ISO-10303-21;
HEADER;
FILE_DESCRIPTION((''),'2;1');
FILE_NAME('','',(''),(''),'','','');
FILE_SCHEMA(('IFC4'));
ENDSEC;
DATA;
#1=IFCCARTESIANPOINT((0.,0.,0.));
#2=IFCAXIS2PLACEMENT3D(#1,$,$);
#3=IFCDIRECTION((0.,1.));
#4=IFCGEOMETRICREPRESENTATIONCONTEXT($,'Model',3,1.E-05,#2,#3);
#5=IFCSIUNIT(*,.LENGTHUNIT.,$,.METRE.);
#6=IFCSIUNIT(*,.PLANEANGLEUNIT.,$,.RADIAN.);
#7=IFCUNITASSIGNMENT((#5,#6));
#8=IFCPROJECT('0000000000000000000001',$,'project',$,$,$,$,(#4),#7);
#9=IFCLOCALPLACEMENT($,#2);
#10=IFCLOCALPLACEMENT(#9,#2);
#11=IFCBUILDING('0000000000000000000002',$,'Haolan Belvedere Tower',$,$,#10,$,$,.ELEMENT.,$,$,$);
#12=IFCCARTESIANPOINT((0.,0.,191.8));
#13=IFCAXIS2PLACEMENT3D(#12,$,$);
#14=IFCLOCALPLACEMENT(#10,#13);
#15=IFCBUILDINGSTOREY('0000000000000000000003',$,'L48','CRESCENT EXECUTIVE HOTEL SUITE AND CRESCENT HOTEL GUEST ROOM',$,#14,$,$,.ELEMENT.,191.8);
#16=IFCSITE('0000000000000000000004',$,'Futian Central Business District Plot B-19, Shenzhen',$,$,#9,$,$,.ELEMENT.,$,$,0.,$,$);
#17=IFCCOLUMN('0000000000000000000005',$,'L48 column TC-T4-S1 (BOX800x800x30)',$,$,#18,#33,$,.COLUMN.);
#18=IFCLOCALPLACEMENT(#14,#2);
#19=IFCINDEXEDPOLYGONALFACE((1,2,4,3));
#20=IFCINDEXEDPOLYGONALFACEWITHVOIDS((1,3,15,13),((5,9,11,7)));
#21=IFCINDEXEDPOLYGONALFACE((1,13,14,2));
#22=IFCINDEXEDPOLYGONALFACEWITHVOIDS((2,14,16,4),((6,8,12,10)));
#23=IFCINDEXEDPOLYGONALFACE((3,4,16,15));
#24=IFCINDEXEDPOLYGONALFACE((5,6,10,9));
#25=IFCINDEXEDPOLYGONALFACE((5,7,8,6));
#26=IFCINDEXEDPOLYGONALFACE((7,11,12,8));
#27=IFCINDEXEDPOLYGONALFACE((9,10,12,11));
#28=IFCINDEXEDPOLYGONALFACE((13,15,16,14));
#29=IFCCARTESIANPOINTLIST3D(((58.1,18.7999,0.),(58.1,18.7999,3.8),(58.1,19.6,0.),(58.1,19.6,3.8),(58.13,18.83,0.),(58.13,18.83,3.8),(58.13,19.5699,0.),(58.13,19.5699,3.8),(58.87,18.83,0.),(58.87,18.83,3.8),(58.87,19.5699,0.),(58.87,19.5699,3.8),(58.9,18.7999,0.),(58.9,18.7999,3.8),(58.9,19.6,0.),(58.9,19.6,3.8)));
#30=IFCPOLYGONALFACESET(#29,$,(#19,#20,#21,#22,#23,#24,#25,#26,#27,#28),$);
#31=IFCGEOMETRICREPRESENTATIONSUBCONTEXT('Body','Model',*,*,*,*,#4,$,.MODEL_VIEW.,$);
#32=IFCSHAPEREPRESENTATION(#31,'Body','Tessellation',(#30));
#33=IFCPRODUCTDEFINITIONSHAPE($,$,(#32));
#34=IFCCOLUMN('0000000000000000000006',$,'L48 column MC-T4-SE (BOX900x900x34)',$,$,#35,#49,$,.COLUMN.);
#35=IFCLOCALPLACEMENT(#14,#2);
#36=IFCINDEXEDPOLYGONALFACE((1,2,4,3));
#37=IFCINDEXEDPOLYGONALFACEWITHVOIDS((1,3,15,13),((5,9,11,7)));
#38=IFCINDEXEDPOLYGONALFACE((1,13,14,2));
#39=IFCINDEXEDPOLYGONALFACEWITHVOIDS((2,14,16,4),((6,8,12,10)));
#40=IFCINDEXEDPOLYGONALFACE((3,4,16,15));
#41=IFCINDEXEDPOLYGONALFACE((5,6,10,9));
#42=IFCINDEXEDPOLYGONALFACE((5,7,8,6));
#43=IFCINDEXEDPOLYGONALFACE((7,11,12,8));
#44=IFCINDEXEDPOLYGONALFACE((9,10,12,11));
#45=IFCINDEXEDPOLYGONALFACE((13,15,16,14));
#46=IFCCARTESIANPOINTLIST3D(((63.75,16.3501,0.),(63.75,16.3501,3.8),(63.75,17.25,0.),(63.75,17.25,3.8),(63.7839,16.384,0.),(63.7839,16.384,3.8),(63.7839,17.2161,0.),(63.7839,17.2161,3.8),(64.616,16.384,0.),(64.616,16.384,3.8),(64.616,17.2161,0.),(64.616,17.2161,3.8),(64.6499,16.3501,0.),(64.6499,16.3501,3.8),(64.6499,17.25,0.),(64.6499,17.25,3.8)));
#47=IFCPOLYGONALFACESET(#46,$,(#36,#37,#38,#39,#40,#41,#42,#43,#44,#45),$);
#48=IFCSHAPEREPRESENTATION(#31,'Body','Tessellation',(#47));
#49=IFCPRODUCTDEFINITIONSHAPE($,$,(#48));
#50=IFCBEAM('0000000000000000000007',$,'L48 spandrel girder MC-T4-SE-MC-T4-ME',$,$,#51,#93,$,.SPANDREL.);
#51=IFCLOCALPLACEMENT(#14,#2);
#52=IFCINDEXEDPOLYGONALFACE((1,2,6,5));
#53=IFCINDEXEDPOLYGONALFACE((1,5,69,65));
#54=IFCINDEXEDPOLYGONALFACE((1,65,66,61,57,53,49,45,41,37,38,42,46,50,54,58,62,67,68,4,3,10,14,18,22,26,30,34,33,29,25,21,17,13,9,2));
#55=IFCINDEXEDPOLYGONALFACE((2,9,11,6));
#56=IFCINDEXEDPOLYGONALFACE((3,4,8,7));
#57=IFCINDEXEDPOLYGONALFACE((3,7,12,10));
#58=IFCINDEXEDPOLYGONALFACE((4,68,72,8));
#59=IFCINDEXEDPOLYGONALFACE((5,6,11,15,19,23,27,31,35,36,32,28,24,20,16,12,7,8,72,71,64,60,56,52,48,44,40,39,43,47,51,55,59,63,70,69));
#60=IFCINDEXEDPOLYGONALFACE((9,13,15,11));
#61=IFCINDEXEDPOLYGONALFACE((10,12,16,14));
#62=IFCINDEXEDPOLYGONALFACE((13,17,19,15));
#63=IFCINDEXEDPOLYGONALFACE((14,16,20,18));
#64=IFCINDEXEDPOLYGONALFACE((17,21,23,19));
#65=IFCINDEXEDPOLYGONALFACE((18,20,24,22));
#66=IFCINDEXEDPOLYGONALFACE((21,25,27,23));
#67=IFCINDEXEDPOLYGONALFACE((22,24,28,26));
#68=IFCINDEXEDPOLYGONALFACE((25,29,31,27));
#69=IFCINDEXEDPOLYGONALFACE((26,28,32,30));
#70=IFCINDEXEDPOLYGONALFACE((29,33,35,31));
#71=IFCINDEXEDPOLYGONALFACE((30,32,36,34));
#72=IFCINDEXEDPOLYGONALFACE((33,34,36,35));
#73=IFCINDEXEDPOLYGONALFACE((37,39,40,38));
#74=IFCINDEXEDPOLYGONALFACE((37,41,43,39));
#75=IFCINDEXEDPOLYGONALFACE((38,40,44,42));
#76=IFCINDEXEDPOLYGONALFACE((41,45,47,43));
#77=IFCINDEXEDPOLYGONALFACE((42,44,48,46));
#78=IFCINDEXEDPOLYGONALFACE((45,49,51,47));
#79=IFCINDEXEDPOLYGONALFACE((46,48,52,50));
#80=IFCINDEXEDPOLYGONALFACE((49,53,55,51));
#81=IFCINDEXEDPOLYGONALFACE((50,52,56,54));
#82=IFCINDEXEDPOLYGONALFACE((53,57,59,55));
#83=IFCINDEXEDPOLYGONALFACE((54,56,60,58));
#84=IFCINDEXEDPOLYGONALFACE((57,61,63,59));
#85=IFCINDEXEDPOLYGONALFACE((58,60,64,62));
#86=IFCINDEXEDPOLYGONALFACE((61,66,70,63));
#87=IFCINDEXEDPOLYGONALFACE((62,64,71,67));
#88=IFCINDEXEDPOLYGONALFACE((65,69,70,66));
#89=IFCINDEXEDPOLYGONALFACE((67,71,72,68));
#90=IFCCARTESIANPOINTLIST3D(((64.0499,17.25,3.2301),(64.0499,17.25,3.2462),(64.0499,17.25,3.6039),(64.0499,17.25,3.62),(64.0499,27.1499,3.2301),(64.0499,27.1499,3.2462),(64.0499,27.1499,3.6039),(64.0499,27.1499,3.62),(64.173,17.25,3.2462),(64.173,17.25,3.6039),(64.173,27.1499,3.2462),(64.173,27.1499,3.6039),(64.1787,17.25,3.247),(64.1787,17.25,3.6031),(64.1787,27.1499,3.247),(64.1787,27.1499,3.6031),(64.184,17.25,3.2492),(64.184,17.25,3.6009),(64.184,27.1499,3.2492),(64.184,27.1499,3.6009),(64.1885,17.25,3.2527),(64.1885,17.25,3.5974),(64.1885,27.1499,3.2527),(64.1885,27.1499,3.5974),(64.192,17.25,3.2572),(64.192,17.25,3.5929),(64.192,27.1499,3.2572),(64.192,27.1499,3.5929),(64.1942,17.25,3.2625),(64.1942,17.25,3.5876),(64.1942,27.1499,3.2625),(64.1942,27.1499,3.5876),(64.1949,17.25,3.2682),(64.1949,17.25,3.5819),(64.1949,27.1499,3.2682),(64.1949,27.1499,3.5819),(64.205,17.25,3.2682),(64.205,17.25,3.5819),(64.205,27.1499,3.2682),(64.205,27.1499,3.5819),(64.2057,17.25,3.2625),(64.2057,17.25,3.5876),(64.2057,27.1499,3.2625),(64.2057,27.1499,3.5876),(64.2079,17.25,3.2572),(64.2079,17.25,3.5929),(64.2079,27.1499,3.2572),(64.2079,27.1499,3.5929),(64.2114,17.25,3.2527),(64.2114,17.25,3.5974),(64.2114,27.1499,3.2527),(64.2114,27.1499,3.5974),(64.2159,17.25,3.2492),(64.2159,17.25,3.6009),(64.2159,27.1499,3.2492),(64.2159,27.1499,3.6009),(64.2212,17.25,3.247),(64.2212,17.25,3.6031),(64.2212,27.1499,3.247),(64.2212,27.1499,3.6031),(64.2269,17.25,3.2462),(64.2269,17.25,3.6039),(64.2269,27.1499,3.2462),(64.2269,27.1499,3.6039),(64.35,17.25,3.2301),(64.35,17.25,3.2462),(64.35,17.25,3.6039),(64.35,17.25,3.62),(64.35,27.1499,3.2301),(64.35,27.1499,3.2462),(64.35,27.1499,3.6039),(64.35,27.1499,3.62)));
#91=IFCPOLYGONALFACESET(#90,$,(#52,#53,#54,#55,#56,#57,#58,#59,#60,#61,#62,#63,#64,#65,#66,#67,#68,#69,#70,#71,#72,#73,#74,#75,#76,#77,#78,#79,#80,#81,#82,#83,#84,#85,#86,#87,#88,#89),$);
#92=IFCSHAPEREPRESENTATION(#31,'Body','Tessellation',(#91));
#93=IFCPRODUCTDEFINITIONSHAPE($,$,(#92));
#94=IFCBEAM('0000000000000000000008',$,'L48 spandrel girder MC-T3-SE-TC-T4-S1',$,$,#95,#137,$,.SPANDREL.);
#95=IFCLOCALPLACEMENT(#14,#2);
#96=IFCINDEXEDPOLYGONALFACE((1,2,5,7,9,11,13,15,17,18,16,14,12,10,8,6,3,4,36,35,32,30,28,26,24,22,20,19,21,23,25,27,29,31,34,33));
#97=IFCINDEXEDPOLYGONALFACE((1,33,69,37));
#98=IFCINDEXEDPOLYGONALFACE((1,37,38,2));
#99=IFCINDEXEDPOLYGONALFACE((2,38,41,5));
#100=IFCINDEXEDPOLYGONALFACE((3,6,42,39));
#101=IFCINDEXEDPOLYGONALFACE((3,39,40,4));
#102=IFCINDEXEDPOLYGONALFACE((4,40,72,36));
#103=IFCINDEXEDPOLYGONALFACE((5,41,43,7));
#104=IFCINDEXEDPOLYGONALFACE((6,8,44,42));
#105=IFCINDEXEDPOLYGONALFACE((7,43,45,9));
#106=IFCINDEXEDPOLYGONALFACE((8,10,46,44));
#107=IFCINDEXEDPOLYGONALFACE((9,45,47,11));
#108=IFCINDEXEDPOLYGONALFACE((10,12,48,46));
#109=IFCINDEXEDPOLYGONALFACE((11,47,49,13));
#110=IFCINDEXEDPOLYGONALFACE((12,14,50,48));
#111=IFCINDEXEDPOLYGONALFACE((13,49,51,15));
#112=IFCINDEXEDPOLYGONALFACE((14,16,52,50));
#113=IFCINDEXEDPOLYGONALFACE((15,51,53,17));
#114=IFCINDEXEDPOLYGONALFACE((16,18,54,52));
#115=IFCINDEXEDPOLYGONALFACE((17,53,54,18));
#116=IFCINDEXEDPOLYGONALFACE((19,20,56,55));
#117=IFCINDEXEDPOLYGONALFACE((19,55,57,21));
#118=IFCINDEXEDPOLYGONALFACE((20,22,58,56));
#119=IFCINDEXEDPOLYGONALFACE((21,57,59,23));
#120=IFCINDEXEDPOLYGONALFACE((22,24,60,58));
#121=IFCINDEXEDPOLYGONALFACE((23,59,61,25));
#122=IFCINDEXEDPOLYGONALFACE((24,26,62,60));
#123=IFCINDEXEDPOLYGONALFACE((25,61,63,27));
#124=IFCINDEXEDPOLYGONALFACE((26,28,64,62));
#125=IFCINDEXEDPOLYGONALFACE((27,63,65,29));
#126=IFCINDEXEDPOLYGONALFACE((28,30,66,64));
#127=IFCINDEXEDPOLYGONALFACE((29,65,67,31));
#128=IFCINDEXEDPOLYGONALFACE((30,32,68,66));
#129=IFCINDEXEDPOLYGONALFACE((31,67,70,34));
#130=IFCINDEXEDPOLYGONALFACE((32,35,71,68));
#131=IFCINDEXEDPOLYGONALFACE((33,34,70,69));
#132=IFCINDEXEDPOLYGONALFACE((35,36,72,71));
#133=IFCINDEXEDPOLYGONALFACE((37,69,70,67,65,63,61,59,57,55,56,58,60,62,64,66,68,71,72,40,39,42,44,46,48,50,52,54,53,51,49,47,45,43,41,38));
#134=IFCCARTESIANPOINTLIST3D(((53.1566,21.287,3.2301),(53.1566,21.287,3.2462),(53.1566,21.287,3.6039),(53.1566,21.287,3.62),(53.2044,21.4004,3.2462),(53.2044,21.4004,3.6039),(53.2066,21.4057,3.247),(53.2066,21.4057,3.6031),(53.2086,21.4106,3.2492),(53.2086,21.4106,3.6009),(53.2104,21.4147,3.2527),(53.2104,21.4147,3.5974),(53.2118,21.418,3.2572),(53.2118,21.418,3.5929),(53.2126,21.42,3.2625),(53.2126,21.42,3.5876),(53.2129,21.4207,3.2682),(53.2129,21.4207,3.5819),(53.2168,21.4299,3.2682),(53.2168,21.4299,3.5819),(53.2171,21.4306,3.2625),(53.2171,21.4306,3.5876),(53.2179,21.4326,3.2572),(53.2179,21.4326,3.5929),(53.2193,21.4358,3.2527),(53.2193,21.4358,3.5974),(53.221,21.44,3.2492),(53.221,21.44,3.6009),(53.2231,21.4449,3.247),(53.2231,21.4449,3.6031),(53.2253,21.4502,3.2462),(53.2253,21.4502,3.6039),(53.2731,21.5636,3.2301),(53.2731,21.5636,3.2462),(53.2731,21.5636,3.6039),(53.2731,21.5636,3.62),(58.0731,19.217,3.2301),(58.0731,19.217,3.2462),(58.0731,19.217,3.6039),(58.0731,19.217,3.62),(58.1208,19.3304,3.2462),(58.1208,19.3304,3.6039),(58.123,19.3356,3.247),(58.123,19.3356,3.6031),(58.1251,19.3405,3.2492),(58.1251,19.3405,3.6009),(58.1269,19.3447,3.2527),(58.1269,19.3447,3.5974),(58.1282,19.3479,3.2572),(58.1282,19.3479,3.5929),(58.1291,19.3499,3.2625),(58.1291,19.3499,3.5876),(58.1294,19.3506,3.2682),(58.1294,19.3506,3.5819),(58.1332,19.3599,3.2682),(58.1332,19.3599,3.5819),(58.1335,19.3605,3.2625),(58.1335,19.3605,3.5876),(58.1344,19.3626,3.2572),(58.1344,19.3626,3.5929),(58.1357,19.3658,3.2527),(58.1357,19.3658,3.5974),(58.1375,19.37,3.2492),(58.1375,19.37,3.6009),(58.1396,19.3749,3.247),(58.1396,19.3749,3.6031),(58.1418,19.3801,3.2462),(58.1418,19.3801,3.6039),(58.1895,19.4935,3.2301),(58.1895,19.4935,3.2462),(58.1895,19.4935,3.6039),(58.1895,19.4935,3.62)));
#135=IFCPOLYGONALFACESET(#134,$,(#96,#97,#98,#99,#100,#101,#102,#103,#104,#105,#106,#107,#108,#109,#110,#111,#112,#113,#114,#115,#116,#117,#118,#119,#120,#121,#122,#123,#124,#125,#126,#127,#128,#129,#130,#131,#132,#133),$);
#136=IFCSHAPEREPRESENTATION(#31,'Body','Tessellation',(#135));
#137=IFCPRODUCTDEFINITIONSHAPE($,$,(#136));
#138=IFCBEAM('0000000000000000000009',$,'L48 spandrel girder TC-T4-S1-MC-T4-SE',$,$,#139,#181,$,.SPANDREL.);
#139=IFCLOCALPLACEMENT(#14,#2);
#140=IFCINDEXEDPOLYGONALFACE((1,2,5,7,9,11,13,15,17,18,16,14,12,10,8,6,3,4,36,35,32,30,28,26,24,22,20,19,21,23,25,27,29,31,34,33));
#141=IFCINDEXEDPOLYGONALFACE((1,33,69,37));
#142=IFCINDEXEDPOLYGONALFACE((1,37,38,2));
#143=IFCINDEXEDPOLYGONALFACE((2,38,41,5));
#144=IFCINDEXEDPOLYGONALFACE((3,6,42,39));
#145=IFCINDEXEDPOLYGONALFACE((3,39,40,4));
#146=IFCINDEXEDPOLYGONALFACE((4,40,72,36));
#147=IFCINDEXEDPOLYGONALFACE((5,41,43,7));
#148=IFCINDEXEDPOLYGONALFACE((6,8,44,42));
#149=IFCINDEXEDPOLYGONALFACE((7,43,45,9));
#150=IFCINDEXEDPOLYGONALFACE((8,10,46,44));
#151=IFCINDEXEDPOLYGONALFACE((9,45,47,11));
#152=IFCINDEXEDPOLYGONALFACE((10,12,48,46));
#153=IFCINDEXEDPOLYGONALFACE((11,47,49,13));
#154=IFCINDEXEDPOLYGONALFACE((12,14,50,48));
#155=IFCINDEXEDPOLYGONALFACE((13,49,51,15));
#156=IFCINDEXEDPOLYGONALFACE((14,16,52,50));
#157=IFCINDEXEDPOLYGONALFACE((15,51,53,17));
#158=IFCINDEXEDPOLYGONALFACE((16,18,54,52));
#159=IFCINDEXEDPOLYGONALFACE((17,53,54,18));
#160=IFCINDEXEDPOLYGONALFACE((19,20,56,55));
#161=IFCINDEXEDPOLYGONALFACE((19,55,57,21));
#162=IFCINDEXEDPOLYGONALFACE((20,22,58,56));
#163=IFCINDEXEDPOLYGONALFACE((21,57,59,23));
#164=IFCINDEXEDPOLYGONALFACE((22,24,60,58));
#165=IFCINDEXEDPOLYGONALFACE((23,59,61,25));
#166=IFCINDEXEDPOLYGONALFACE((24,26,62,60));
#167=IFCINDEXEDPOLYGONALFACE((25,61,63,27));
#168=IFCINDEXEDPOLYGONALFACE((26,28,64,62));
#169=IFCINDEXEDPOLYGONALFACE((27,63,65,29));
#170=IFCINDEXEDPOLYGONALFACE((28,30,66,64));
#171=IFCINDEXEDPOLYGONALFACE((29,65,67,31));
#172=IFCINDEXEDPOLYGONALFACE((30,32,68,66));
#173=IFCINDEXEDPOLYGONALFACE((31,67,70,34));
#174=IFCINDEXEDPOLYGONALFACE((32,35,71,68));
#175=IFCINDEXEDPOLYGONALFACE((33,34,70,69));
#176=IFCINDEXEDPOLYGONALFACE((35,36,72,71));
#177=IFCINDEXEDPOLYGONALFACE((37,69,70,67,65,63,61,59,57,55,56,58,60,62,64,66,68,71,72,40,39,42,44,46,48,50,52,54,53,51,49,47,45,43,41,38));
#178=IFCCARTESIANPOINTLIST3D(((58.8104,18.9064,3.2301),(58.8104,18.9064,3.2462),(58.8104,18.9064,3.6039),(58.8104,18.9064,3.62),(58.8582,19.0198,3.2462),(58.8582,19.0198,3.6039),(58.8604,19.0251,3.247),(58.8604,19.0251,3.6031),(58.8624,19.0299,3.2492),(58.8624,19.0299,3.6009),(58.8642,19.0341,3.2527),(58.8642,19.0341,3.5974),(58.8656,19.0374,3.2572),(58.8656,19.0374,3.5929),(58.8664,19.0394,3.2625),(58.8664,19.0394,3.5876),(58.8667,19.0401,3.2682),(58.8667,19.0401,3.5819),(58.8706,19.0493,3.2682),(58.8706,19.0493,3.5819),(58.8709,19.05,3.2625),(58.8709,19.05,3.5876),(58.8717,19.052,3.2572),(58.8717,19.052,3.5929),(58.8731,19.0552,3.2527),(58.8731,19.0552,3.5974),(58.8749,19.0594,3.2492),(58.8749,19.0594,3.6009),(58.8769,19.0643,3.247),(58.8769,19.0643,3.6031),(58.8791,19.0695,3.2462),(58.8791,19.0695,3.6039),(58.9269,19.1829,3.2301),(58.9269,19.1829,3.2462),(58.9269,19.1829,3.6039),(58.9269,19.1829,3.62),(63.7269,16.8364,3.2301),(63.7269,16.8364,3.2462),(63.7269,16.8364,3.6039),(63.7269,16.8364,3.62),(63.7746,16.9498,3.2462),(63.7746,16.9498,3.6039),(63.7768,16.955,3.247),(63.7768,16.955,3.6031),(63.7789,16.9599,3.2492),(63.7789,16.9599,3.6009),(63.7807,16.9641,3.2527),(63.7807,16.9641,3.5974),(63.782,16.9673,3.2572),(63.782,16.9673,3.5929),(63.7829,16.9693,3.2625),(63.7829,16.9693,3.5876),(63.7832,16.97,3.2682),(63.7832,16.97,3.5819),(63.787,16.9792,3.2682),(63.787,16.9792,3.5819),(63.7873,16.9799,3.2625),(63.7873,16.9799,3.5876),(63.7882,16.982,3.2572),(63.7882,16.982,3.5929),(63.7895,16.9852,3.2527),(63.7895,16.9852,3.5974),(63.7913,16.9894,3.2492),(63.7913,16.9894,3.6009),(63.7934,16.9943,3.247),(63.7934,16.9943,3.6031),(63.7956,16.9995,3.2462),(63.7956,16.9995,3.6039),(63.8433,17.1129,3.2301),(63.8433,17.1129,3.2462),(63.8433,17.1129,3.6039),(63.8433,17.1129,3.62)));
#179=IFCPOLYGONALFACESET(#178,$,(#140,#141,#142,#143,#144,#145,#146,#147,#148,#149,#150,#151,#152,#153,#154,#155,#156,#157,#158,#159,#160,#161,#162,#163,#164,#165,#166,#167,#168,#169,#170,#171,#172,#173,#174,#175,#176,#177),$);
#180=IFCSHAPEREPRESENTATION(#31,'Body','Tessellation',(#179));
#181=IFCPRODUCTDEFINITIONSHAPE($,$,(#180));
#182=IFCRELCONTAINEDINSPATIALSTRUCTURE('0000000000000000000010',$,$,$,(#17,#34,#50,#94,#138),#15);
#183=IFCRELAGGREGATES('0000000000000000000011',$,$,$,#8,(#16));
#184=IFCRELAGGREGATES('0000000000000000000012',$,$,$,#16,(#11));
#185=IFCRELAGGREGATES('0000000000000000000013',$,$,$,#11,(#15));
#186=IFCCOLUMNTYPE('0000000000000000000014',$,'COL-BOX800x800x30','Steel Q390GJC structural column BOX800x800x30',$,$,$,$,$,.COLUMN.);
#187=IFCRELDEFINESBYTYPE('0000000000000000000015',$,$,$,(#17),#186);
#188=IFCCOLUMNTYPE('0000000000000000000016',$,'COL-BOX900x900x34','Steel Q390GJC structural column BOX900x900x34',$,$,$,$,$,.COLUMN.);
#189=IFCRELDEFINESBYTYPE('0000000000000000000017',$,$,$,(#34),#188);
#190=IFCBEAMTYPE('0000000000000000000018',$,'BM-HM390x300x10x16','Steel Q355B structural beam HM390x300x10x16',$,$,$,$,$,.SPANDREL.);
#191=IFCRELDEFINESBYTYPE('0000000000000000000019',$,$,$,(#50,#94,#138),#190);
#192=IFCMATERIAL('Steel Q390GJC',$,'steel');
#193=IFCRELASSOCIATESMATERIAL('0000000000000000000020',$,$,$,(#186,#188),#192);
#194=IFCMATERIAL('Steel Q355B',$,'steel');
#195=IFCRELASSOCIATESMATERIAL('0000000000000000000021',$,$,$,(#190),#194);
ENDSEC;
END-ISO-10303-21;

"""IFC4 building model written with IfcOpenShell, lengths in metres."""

from ifc_helpers import new_model, si_unit, direction, frame, origin, origin_2d, place, context, subcontext, project, spatial, hollow_rectangle, i_section, extrude, material, material_profile, profile_set, type_object, element, save


model = new_model("IFC4")

# Units and contexts
model_context = context("Model", 3, precision=1e-05, world=origin(), true_north=direction((0.0, 1.0)))
body_context = subcontext(model_context, "Body", "Model", "MODEL_VIEW")
ifc_project = project(units=[si_unit("LENGTHUNIT", "METRE"), si_unit("PLANEANGLEUNIT", "RADIAN")], contexts=[model_context])

# Site, building, storey
site_placement = place(None, origin())
site = spatial("IfcSite", under=ifc_project, at=site_placement, Name="Futian Central Business District Plot B-19, Shenzhen", CompositionType="ELEMENT", RefElevation=0.0)
building_placement = place(site_placement, origin())
building = spatial("IfcBuilding", under=site, at=building_placement, Name="Haolan Belvedere Tower", CompositionType="ELEMENT")
storey_placement = place(building_placement, frame((0.0, 0.0, 191.8)))
storey = spatial("IfcBuildingStorey", under=building, at=storey_placement, Name="L48", Description="CRESCENT EXECUTIVE HOTEL SUITE AND CRESCENT HOTEL GUEST ROOM", CompositionType="ELEMENT", Elevation=191.8)

# Columns
ifc_material_1 = material(Name="Steel Q390GJC", Category="steel")
ifc_material_profile_1 = material_profile(ifc_material_1, hollow_rectangle(XDim=0.8, YDim=0.8, WallThickness=0.03, at=origin_2d()), Name="Steel Q390GJC")
ifc_profile_set_1 = profile_set([ifc_material_profile_1], Name="Steel Q390GJC")
column_type_1 = type_object("IfcColumnType", Name="COL-BOX800x800x30", Description="Steel Q390GJC structural column BOX800x800x30", PredefinedType="COLUMN", material=ifc_profile_set_1)
column_1_placement = place(storey_placement, frame((58.5, 19.2, 0.0), z_axis=(0.0, 0.0, 1.0), x_axis=(1.0, 0.0, 0.0)))
element("IfcColumn", 1, at=column_1_placement, inside=storey, type_object=column_type_1, Name="L48 column TC-T4-S1 (BOX800x800x30)", PredefinedType="COLUMN", context=body_context, shape_type="SweptSolid", body=[
    extrude(hollow_rectangle(XDim=0.8, YDim=0.8, WallThickness=0.03, at=origin_2d()), origin(), (0.0, 0.0, 1.0), 3.8),
])
ifc_material_profile_2 = material_profile(ifc_material_1, hollow_rectangle(XDim=0.8999, YDim=0.8999, WallThickness=0.0339, at=origin_2d()), Name="Steel Q390GJC")
ifc_profile_set_2 = profile_set([ifc_material_profile_2], Name="Steel Q390GJC")
column_type_2 = type_object("IfcColumnType", Name="COL-BOX900x900x34", Description="Steel Q390GJC structural column BOX900x900x34", PredefinedType="COLUMN", material=ifc_profile_set_2)
column_2_placement = place(storey_placement, frame((64.2, 16.8, 0.0), z_axis=(0.0, 0.0, 1.0), x_axis=(1.0, 0.0, 0.0)))
element("IfcColumn", 2, at=column_2_placement, inside=storey, type_object=column_type_2, Name="L48 column MC-T4-SE (BOX900x900x34)", PredefinedType="COLUMN", context=body_context, shape_type="SweptSolid", body=[
    extrude(hollow_rectangle(XDim=0.8999, YDim=0.8999, WallThickness=0.0339, at=origin_2d()), origin(), (0.0, 0.0, 1.0), 3.8),
])

# Beams
ifc_material_2 = material(Name="Steel Q355B", Category="steel")
ifc_material_profile_3 = material_profile(ifc_material_2, i_section(OverallWidth=0.3, OverallDepth=0.3899, WebThickness=0.01, FlangeThickness=0.0161, FilletRadius=0.022, at=origin_2d()), Name="Steel Q355B")
ifc_profile_set_3 = profile_set([ifc_material_profile_3], Name="Steel Q355B")
beam_type = type_object("IfcBeamType", Name="BM-HM390x300x10x16", Description="Steel Q355B structural beam HM390x300x10x16", PredefinedType="SPANDREL", material=ifc_profile_set_3)
beam_placement = place(storey_placement, frame((64.2, 17.25, 3.425), z_axis=(0.0, 1.0, 0.0), x_axis=(-1.0, 0.0, 0.0)))
element("IfcBeam", 3, at=beam_placement, inside=storey, type_object=beam_type, Name="L48 spandrel girder MC-T4-SE-MC-T4-ME", PredefinedType="SPANDREL", context=body_context, shape_type="SweptSolid", body=[
    extrude(i_section(OverallWidth=0.3, OverallDepth=0.3899, WebThickness=0.01, FlangeThickness=0.0161, FilletRadius=0.022, at=origin_2d()), origin(), (0.0, 0.0, 1.0), 9.8999),
])
for number, where, z_axis, x_axis, name in (
    (4, (53.2148, 21.4253, 3.425), (0.921638, -0.388051, 0.0), (0.388051, 0.921638, 0.0), "L48 spandrel girder MC-T3-SE-TC-T4-S1"),
    (5, (58.8687, 19.0447, 3.425), (0.921638, -0.388051, 0.0), (0.388051, 0.921638, 0.0), "L48 spandrel girder TC-T4-S1-MC-T4-SE"),
):
    element("IfcBeam", number, at=place(storey_placement, frame(where, z_axis=z_axis, x_axis=x_axis)), inside=storey, type_object=beam_type, Name=name, PredefinedType="SPANDREL", context=body_context, shape_type="SweptSolid", body=[
        extrude(i_section(OverallWidth=0.3, OverallDepth=0.3899, WebThickness=0.01, FlangeThickness=0.0161, FilletRadius=0.022, at=origin_2d()), origin(), (0.0, 0.0, 1.0), 5.3345),
    ])

save(model, "model.ifc")
